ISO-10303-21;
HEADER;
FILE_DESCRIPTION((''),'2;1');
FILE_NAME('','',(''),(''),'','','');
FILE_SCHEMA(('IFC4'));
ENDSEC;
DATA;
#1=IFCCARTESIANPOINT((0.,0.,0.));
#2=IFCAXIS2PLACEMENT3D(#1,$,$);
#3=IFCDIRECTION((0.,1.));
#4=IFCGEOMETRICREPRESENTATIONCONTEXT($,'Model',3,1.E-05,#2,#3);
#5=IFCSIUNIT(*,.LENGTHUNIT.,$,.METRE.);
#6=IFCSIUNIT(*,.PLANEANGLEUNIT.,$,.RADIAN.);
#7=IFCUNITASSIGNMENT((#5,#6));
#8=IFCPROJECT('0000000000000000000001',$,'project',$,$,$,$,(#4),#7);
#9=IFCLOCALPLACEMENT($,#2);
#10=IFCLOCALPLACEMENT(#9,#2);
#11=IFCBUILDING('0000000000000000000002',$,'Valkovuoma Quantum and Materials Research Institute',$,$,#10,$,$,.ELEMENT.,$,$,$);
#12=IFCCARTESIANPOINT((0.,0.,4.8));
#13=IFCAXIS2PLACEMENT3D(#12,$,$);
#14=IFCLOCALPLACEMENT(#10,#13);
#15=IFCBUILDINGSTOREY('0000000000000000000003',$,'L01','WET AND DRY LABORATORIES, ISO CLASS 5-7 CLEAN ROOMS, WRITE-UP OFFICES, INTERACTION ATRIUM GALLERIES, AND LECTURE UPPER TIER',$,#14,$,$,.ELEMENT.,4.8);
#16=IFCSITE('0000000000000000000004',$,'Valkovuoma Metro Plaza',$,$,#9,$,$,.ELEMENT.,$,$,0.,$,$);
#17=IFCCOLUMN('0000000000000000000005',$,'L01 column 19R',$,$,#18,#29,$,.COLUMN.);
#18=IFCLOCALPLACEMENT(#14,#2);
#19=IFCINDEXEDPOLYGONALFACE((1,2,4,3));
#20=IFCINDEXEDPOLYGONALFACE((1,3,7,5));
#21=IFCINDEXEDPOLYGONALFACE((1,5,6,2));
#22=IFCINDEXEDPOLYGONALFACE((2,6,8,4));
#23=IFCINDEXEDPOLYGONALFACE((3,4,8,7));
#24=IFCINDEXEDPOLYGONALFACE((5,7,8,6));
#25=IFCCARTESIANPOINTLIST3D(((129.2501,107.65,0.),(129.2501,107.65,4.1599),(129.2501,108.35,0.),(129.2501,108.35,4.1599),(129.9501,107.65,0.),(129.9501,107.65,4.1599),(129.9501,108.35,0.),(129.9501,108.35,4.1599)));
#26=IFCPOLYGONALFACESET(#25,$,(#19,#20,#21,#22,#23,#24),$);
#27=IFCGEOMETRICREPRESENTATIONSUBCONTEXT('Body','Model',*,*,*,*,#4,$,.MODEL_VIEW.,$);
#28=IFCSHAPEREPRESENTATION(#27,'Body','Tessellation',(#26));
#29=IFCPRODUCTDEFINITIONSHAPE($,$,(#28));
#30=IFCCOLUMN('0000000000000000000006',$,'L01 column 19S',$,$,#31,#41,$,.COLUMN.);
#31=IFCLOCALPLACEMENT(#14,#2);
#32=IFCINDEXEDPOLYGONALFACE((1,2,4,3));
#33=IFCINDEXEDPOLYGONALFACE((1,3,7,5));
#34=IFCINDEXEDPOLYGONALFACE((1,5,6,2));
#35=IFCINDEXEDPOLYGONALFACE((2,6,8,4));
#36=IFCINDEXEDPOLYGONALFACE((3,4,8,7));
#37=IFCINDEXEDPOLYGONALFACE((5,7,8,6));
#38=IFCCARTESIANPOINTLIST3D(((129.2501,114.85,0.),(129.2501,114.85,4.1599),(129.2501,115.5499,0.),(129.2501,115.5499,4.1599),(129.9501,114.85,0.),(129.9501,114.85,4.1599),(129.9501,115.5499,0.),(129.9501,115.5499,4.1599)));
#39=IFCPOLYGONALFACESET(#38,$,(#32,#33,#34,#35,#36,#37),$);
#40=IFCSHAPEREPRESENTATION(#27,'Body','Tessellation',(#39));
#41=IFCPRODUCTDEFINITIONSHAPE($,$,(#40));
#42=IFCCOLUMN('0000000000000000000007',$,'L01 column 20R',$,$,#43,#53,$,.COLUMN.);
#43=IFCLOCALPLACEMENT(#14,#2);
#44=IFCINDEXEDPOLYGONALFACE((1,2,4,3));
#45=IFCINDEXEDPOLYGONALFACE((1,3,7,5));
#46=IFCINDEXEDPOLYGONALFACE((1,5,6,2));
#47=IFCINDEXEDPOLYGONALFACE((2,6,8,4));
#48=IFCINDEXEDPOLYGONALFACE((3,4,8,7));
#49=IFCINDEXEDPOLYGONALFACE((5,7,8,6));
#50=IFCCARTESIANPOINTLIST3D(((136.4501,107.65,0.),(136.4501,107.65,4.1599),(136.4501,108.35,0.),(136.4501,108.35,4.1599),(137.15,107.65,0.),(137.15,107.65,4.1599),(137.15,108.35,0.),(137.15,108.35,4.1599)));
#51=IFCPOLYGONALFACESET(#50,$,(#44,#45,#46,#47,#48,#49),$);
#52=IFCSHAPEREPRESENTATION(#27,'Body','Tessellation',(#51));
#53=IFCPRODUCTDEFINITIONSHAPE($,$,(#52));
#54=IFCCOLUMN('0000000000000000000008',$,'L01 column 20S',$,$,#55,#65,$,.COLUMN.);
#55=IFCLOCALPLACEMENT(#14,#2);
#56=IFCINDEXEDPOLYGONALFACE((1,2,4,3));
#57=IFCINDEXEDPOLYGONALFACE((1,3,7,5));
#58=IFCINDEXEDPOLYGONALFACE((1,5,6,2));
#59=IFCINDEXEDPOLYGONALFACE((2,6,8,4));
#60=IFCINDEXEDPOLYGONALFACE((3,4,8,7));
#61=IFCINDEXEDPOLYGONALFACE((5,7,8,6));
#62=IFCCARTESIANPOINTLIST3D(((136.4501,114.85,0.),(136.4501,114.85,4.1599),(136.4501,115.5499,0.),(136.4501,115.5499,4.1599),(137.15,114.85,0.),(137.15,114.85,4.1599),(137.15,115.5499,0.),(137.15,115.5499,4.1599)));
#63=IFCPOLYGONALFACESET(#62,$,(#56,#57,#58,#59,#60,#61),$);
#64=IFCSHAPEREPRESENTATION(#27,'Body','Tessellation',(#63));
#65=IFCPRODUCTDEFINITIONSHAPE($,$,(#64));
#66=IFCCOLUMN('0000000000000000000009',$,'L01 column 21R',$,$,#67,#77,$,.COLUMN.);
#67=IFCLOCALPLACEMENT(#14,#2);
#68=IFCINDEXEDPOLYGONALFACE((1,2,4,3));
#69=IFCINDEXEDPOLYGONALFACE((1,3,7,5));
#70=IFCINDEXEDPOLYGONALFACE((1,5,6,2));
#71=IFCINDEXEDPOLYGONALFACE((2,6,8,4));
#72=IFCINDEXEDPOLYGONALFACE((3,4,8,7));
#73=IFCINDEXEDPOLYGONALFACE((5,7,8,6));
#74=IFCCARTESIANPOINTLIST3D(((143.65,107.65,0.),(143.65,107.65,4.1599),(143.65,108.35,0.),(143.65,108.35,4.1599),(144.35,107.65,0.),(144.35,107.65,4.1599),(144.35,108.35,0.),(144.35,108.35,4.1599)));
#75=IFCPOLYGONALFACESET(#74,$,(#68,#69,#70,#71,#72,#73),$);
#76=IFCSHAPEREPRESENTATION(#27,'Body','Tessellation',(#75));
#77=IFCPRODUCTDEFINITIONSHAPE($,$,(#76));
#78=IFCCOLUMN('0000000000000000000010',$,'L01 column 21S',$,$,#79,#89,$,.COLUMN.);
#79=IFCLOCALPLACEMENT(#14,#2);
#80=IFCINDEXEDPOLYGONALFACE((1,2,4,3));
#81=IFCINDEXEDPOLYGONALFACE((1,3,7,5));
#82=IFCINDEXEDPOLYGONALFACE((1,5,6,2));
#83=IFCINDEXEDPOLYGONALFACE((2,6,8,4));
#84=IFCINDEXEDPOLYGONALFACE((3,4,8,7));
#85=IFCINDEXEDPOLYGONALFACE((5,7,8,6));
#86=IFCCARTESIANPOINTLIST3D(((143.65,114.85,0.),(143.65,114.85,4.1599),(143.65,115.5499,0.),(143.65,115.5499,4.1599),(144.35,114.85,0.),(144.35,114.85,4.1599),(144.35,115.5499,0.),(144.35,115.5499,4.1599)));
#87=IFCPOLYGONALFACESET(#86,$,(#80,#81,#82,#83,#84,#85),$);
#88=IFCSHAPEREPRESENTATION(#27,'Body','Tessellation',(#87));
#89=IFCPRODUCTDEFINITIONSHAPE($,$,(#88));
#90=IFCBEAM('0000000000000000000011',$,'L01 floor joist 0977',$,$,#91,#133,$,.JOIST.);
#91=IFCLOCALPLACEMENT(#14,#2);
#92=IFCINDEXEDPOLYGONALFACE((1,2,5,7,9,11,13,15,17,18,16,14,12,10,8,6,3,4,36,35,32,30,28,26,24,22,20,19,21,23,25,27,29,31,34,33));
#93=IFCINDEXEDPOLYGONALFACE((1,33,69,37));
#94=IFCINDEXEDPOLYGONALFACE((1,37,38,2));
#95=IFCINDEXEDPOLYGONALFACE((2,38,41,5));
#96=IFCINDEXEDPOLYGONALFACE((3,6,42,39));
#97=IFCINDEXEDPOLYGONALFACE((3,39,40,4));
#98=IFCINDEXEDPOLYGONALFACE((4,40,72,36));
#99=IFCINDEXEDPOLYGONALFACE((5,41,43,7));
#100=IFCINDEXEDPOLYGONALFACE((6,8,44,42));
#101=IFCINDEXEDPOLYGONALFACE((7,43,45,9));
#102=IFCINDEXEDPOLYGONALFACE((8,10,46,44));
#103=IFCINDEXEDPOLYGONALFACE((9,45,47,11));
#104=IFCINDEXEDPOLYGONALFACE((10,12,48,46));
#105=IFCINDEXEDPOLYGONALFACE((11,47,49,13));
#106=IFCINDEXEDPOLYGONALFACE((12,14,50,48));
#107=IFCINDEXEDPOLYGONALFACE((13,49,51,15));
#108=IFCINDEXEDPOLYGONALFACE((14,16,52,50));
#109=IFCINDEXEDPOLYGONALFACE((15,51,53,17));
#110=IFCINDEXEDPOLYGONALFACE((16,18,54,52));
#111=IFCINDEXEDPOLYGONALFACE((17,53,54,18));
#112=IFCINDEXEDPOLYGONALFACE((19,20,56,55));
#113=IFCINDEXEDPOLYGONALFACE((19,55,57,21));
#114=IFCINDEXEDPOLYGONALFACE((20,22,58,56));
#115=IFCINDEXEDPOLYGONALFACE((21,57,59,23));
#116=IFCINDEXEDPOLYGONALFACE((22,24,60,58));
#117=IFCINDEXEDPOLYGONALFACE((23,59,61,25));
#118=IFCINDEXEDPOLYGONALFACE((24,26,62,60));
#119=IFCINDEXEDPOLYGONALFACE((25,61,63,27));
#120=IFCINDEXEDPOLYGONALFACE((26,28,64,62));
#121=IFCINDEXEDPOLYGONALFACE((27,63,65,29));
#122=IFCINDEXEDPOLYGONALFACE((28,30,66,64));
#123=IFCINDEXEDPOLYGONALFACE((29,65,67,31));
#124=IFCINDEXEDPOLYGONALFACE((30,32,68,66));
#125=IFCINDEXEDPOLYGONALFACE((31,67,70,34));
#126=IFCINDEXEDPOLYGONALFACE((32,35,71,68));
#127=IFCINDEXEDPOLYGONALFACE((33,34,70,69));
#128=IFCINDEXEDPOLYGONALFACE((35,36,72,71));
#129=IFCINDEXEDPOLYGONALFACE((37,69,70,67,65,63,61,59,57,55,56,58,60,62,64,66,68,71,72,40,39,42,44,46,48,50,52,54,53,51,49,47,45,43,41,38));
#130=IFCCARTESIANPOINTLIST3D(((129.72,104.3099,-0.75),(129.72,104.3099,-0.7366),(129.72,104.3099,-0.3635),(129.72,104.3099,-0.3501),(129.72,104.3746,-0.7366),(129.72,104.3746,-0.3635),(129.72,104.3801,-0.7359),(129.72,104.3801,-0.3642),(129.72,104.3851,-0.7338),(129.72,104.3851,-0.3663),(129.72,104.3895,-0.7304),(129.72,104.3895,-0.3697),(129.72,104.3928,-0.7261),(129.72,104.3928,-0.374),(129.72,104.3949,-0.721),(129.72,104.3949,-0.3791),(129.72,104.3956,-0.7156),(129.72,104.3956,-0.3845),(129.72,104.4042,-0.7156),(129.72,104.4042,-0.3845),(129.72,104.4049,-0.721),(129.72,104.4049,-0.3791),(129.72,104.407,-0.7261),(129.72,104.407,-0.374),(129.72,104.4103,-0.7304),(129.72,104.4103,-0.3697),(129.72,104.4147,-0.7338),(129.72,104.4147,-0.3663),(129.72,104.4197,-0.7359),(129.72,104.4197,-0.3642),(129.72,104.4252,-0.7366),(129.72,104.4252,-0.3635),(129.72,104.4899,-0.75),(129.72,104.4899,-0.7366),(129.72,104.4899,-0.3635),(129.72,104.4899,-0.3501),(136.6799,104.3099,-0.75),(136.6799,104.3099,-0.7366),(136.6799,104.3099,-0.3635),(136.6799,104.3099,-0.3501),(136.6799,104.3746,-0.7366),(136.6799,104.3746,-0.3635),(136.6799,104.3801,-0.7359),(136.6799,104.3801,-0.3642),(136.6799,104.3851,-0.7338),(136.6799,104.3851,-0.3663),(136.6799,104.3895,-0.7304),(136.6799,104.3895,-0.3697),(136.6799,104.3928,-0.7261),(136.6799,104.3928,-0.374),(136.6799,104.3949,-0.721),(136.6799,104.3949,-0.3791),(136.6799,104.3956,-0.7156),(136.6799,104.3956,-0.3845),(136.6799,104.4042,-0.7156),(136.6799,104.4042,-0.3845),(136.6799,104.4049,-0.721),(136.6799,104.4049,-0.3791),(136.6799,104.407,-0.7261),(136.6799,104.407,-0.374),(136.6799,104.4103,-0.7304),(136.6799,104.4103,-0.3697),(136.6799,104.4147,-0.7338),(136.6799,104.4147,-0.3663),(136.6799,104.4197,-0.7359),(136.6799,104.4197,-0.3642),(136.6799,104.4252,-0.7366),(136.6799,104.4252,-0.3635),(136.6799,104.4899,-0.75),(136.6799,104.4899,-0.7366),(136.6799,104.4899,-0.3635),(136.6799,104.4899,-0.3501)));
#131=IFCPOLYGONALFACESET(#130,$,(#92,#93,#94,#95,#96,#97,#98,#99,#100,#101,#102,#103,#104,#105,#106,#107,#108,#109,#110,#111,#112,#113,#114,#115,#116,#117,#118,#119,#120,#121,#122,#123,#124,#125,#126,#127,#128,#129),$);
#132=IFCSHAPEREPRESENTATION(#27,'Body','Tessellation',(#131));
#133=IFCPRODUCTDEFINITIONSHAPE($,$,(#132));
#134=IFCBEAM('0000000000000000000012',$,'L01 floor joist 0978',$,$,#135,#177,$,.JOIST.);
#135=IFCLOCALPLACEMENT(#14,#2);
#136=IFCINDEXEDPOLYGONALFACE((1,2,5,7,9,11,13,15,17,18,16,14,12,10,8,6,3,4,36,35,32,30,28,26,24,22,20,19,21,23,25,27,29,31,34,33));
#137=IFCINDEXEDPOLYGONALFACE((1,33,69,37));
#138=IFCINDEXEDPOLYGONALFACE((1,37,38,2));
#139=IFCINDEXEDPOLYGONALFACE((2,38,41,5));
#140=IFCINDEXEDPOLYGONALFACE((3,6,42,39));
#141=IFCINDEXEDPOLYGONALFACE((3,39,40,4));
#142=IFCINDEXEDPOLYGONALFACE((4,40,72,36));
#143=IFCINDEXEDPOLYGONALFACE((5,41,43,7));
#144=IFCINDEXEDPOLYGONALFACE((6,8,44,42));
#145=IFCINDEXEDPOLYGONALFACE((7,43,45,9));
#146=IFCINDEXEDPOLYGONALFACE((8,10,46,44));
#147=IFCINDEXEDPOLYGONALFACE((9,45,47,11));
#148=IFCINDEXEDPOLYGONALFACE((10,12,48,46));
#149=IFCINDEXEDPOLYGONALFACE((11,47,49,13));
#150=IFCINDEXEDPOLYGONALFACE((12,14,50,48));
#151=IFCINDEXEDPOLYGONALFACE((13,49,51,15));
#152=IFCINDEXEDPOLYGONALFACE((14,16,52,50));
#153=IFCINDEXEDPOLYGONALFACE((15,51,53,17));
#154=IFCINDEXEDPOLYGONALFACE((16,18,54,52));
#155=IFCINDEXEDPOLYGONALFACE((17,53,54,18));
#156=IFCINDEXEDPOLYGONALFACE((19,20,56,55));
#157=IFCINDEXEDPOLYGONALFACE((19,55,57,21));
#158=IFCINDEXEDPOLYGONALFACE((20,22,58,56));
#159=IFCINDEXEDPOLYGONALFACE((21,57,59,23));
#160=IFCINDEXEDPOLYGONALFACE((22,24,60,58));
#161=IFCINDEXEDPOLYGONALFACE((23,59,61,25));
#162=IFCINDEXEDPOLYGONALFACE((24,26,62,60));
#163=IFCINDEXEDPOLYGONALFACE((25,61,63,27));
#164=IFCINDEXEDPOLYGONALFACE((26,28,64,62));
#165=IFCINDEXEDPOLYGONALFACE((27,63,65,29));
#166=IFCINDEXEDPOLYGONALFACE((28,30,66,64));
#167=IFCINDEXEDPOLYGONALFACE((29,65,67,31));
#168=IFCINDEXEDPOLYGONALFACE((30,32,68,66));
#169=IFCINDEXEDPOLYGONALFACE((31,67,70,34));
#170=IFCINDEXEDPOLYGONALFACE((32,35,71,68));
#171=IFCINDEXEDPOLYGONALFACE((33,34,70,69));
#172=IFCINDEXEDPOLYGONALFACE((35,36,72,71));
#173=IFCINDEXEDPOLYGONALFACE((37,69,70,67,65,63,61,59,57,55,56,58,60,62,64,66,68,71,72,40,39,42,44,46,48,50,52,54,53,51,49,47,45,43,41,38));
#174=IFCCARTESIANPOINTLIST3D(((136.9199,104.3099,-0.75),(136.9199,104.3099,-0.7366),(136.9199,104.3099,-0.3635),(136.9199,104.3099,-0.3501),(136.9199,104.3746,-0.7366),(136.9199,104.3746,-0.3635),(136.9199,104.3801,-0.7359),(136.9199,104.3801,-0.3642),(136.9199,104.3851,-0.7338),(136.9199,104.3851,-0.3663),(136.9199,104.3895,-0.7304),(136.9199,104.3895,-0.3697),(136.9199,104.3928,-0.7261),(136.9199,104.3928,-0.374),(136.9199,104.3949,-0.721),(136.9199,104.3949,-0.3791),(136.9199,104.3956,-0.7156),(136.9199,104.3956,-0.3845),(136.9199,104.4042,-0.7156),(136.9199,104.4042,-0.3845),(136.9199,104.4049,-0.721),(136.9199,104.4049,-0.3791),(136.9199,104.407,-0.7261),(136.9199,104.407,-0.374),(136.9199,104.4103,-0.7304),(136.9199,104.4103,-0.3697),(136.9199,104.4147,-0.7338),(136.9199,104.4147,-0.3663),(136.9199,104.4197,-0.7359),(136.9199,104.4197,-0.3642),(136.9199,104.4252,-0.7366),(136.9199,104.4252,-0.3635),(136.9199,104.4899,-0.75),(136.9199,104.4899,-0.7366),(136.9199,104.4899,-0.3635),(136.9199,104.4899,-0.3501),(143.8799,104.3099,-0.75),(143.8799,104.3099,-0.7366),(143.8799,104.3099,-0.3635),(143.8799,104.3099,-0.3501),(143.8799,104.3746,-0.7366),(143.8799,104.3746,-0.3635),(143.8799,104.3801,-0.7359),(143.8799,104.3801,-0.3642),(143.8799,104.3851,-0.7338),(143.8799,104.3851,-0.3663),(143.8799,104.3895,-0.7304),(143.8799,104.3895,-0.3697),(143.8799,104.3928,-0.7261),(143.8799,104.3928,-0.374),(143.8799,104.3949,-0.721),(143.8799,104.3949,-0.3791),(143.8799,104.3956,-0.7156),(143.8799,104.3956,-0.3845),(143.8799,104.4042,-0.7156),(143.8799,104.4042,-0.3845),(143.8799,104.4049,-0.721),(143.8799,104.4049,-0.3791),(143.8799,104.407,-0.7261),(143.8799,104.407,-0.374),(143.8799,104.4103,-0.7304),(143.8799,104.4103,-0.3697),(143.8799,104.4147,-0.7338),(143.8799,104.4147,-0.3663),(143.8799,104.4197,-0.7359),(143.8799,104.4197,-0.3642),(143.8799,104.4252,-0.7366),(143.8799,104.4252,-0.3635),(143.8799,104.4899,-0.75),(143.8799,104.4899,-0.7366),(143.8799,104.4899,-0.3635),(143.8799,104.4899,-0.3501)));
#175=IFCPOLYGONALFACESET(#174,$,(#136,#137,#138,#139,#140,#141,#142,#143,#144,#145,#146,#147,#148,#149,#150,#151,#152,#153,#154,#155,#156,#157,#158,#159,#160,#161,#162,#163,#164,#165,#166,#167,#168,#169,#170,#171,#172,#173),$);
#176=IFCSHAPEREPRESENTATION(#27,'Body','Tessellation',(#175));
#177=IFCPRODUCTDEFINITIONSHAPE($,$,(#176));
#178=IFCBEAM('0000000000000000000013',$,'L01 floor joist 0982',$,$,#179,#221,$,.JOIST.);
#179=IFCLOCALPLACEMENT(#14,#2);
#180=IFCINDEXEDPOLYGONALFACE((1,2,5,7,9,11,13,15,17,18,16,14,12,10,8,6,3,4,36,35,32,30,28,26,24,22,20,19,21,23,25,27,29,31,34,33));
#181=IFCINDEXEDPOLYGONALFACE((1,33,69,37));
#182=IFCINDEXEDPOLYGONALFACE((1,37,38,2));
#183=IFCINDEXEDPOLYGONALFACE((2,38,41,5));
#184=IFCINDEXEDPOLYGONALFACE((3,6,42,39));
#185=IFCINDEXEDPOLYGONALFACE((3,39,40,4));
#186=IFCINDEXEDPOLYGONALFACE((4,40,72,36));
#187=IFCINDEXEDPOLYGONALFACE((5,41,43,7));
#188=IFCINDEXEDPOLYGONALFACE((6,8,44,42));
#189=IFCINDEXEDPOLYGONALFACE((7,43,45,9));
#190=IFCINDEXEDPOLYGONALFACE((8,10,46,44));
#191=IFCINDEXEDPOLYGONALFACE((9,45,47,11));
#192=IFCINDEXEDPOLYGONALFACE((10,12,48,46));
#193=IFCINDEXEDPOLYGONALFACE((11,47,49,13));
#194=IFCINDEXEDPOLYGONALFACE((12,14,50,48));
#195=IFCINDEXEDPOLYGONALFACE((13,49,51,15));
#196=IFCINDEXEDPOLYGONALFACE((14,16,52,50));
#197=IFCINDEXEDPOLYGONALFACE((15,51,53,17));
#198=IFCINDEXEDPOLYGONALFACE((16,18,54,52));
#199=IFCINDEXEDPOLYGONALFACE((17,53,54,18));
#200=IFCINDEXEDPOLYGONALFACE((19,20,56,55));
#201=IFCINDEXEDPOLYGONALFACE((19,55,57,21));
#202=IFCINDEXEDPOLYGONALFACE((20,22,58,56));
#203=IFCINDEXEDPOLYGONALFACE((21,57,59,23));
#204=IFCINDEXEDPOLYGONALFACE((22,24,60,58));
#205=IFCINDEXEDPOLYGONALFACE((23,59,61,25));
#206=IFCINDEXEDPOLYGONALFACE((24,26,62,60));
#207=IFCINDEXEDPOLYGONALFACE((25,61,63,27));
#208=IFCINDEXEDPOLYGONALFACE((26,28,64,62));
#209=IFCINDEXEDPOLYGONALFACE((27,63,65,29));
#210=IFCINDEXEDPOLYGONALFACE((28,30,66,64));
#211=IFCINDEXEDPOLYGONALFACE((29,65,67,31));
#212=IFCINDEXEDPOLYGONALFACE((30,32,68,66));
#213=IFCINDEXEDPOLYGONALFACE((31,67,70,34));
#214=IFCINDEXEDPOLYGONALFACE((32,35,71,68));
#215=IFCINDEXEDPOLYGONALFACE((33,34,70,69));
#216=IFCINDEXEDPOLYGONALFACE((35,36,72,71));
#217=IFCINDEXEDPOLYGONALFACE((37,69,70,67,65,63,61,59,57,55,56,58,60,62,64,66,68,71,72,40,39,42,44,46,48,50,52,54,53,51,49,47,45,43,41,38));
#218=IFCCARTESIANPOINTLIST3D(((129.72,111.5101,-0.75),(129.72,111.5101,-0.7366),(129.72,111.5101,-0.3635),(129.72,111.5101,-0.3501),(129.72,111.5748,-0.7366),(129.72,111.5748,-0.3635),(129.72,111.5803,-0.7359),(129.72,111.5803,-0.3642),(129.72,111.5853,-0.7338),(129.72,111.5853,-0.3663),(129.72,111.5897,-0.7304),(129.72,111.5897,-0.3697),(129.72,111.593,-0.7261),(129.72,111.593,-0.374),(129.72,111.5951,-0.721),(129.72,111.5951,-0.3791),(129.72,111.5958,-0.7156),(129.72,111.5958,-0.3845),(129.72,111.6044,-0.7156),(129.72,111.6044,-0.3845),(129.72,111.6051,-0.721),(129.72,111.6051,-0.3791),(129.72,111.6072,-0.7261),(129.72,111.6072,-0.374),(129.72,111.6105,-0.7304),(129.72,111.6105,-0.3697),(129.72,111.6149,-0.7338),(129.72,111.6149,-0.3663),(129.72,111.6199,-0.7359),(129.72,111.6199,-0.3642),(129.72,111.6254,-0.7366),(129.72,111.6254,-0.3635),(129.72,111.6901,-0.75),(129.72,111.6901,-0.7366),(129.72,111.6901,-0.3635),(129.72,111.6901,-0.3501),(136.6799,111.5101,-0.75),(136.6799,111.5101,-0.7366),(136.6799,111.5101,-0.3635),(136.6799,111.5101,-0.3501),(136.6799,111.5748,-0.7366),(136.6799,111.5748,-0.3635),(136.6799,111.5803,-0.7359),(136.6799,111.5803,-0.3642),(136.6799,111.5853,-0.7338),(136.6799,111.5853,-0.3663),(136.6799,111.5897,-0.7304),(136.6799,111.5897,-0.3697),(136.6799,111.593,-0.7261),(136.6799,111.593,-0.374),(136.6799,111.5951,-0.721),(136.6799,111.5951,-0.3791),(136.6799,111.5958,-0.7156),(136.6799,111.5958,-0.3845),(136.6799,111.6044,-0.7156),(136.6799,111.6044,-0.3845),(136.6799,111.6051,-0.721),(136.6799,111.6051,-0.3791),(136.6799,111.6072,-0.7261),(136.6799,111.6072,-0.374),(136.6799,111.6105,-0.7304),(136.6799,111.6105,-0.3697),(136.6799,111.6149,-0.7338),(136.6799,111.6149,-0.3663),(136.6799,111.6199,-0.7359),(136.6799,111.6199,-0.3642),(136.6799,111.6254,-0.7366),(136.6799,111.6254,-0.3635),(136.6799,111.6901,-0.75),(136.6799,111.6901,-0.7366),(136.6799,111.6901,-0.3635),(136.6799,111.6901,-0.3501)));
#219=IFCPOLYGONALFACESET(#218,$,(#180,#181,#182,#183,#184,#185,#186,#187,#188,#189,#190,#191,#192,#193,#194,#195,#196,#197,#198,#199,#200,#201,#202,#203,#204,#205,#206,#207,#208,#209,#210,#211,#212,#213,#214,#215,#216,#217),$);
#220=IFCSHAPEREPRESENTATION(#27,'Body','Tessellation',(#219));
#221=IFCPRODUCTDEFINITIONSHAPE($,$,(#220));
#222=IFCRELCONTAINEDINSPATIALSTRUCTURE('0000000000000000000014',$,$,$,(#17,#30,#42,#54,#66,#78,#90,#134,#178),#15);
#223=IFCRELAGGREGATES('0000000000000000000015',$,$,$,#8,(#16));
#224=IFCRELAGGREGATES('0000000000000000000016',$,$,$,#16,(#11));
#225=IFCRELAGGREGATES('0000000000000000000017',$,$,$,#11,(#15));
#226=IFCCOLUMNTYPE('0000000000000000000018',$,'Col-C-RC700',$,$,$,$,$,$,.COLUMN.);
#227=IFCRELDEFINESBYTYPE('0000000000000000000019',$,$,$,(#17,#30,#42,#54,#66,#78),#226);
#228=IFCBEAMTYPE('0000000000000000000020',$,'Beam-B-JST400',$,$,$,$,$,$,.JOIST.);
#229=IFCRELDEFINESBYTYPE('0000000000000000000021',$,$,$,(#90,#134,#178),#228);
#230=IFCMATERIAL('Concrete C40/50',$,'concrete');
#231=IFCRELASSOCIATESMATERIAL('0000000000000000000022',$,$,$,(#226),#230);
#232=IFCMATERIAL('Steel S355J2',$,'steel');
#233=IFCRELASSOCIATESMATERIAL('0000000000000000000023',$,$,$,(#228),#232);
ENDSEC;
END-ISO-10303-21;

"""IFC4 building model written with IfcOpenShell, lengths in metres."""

from ifc_helpers import new_model, si_unit, direction, frame, origin, origin_2d, place, context, subcontext, project, spatial, rectangle, i_section, extrude, material, material_profile, profile_set, type_object, element, save


model = new_model("IFC4")

# Units and contexts
model_context = context("Model", 3, precision=1e-05, world=origin(), true_north=direction((0.0, 1.0)))
body_context = subcontext(model_context, "Body", "Model", "MODEL_VIEW")
ifc_project = project(units=[si_unit("LENGTHUNIT", "METRE"), si_unit("PLANEANGLEUNIT", "RADIAN")], contexts=[model_context])

# Site, building, storey
site_placement = place(None, origin())
site = spatial("IfcSite", under=ifc_project, at=site_placement, Name="Valkovuoma Metro Plaza", CompositionType="ELEMENT", RefElevation=0.0)
building_placement = place(site_placement, origin())
building = spatial("IfcBuilding", under=site, at=building_placement, Name="Valkovuoma Quantum and Materials Research Institute", CompositionType="ELEMENT")
storey_placement = place(building_placement, frame((0.0, 0.0, 4.8)))
storey = spatial("IfcBuildingStorey", under=building, at=storey_placement, Name="L01", Description="WET AND DRY LABORATORIES, ISO CLASS 5-7 CLEAN ROOMS, WRITE-UP OFFICES, INTERACTION ATRIUM GALLERIES, AND LECTURE UPPER TIER", CompositionType="ELEMENT", Elevation=4.8)

# Columns
ifc_material_1 = material(Name="Concrete C40/50", Category="concrete")
ifc_material_profile_1 = material_profile(ifc_material_1, rectangle(XDim=0.7, YDim=0.7, at=origin_2d()), Name="Concrete C40/50")
ifc_profile_set_1 = profile_set([ifc_material_profile_1], Name="Concrete C40/50")
column_type = type_object("IfcColumnType", Name="Col-C-RC700", PredefinedType="COLUMN", material=ifc_profile_set_1)
for number, where, z_axis, x_axis, name in (
    (1, (129.6001, 108.0, 0.0), (0.0, 0.0, 1.0), (1.0, 0.0, 0.0), "L01 column 19R"),
    (2, (129.6001, 115.2, 0.0), (0.0, 0.0, 1.0), (1.0, 0.0, 0.0), "L01 column 19S"),
    (3, (136.8, 108.0, 0.0), (0.0, 0.0, 1.0), (1.0, 0.0, 0.0), "L01 column 20R"),
    (4, (136.8, 115.2, 0.0), (0.0, 0.0, 1.0), (1.0, 0.0, 0.0), "L01 column 20S"),
    (5, (144.0, 108.0, 0.0), (0.0, 0.0, 1.0), (1.0, 0.0, 0.0), "L01 column 21R"),
    (6, (144.0, 115.2, 0.0), (0.0, 0.0, 1.0), (1.0, 0.0, 0.0), "L01 column 21S"),
):
    element("IfcColumn", number, at=place(storey_placement, frame(where, z_axis=z_axis, x_axis=x_axis)), inside=storey, type_object=column_type, Name=name, PredefinedType="COLUMN", context=body_context, shape_type="SweptSolid", body=[
        extrude(rectangle(XDim=0.7, YDim=0.7, at=origin_2d()), origin(), (0.0, 0.0, 1.0), 4.1599),
    ])

# Beams
ifc_material_2 = material(Name="Steel S355J2", Category="steel")
ifc_material_profile_2 = material_profile(ifc_material_2, i_section(OverallWidth=0.1799, OverallDepth=0.3999, WebThickness=0.0085, FlangeThickness=0.0134, FilletRadius=0.021, at=origin_2d()), Name="Steel S355J2")
ifc_profile_set_2 = profile_set([ifc_material_profile_2], Name="Steel S355J2")
beam_type_1 = type_object("IfcBeamType", Name="Beam-B-JST400", PredefinedType="JOIST", material=ifc_profile_set_2)
for number, where, z_axis, x_axis, name in (
    (7, (129.72, 104.3999, -0.55), (1.0, 0.0, 0.0), (0.0, 1.0, 0.0), "L01 floor joist 0977"),
    (8, (136.9199, 104.3999, -0.55), (1.0, 0.0, 0.0), (0.0, 1.0, 0.0), "L01 floor joist 0978"),
    (9, (129.72, 111.6001, -0.55), (1.0, 0.0, 0.0), (0.0, 1.0, 0.0), "L01 floor joist 0982"),
):
    element("IfcBeam", number, at=place(storey_placement, frame(where, z_axis=z_axis, x_axis=x_axis)), inside=storey, type_object=beam_type_1, Name=name, PredefinedType="JOIST", context=body_context, shape_type="SweptSolid", body=[
        extrude(i_section(OverallWidth=0.1799, OverallDepth=0.3999, WebThickness=0.0085, FlangeThickness=0.0134, FilletRadius=0.021, at=origin_2d()), origin(), (0.0, 0.0, 1.0), 6.96),
    ])

save(model, "model.ifc")
